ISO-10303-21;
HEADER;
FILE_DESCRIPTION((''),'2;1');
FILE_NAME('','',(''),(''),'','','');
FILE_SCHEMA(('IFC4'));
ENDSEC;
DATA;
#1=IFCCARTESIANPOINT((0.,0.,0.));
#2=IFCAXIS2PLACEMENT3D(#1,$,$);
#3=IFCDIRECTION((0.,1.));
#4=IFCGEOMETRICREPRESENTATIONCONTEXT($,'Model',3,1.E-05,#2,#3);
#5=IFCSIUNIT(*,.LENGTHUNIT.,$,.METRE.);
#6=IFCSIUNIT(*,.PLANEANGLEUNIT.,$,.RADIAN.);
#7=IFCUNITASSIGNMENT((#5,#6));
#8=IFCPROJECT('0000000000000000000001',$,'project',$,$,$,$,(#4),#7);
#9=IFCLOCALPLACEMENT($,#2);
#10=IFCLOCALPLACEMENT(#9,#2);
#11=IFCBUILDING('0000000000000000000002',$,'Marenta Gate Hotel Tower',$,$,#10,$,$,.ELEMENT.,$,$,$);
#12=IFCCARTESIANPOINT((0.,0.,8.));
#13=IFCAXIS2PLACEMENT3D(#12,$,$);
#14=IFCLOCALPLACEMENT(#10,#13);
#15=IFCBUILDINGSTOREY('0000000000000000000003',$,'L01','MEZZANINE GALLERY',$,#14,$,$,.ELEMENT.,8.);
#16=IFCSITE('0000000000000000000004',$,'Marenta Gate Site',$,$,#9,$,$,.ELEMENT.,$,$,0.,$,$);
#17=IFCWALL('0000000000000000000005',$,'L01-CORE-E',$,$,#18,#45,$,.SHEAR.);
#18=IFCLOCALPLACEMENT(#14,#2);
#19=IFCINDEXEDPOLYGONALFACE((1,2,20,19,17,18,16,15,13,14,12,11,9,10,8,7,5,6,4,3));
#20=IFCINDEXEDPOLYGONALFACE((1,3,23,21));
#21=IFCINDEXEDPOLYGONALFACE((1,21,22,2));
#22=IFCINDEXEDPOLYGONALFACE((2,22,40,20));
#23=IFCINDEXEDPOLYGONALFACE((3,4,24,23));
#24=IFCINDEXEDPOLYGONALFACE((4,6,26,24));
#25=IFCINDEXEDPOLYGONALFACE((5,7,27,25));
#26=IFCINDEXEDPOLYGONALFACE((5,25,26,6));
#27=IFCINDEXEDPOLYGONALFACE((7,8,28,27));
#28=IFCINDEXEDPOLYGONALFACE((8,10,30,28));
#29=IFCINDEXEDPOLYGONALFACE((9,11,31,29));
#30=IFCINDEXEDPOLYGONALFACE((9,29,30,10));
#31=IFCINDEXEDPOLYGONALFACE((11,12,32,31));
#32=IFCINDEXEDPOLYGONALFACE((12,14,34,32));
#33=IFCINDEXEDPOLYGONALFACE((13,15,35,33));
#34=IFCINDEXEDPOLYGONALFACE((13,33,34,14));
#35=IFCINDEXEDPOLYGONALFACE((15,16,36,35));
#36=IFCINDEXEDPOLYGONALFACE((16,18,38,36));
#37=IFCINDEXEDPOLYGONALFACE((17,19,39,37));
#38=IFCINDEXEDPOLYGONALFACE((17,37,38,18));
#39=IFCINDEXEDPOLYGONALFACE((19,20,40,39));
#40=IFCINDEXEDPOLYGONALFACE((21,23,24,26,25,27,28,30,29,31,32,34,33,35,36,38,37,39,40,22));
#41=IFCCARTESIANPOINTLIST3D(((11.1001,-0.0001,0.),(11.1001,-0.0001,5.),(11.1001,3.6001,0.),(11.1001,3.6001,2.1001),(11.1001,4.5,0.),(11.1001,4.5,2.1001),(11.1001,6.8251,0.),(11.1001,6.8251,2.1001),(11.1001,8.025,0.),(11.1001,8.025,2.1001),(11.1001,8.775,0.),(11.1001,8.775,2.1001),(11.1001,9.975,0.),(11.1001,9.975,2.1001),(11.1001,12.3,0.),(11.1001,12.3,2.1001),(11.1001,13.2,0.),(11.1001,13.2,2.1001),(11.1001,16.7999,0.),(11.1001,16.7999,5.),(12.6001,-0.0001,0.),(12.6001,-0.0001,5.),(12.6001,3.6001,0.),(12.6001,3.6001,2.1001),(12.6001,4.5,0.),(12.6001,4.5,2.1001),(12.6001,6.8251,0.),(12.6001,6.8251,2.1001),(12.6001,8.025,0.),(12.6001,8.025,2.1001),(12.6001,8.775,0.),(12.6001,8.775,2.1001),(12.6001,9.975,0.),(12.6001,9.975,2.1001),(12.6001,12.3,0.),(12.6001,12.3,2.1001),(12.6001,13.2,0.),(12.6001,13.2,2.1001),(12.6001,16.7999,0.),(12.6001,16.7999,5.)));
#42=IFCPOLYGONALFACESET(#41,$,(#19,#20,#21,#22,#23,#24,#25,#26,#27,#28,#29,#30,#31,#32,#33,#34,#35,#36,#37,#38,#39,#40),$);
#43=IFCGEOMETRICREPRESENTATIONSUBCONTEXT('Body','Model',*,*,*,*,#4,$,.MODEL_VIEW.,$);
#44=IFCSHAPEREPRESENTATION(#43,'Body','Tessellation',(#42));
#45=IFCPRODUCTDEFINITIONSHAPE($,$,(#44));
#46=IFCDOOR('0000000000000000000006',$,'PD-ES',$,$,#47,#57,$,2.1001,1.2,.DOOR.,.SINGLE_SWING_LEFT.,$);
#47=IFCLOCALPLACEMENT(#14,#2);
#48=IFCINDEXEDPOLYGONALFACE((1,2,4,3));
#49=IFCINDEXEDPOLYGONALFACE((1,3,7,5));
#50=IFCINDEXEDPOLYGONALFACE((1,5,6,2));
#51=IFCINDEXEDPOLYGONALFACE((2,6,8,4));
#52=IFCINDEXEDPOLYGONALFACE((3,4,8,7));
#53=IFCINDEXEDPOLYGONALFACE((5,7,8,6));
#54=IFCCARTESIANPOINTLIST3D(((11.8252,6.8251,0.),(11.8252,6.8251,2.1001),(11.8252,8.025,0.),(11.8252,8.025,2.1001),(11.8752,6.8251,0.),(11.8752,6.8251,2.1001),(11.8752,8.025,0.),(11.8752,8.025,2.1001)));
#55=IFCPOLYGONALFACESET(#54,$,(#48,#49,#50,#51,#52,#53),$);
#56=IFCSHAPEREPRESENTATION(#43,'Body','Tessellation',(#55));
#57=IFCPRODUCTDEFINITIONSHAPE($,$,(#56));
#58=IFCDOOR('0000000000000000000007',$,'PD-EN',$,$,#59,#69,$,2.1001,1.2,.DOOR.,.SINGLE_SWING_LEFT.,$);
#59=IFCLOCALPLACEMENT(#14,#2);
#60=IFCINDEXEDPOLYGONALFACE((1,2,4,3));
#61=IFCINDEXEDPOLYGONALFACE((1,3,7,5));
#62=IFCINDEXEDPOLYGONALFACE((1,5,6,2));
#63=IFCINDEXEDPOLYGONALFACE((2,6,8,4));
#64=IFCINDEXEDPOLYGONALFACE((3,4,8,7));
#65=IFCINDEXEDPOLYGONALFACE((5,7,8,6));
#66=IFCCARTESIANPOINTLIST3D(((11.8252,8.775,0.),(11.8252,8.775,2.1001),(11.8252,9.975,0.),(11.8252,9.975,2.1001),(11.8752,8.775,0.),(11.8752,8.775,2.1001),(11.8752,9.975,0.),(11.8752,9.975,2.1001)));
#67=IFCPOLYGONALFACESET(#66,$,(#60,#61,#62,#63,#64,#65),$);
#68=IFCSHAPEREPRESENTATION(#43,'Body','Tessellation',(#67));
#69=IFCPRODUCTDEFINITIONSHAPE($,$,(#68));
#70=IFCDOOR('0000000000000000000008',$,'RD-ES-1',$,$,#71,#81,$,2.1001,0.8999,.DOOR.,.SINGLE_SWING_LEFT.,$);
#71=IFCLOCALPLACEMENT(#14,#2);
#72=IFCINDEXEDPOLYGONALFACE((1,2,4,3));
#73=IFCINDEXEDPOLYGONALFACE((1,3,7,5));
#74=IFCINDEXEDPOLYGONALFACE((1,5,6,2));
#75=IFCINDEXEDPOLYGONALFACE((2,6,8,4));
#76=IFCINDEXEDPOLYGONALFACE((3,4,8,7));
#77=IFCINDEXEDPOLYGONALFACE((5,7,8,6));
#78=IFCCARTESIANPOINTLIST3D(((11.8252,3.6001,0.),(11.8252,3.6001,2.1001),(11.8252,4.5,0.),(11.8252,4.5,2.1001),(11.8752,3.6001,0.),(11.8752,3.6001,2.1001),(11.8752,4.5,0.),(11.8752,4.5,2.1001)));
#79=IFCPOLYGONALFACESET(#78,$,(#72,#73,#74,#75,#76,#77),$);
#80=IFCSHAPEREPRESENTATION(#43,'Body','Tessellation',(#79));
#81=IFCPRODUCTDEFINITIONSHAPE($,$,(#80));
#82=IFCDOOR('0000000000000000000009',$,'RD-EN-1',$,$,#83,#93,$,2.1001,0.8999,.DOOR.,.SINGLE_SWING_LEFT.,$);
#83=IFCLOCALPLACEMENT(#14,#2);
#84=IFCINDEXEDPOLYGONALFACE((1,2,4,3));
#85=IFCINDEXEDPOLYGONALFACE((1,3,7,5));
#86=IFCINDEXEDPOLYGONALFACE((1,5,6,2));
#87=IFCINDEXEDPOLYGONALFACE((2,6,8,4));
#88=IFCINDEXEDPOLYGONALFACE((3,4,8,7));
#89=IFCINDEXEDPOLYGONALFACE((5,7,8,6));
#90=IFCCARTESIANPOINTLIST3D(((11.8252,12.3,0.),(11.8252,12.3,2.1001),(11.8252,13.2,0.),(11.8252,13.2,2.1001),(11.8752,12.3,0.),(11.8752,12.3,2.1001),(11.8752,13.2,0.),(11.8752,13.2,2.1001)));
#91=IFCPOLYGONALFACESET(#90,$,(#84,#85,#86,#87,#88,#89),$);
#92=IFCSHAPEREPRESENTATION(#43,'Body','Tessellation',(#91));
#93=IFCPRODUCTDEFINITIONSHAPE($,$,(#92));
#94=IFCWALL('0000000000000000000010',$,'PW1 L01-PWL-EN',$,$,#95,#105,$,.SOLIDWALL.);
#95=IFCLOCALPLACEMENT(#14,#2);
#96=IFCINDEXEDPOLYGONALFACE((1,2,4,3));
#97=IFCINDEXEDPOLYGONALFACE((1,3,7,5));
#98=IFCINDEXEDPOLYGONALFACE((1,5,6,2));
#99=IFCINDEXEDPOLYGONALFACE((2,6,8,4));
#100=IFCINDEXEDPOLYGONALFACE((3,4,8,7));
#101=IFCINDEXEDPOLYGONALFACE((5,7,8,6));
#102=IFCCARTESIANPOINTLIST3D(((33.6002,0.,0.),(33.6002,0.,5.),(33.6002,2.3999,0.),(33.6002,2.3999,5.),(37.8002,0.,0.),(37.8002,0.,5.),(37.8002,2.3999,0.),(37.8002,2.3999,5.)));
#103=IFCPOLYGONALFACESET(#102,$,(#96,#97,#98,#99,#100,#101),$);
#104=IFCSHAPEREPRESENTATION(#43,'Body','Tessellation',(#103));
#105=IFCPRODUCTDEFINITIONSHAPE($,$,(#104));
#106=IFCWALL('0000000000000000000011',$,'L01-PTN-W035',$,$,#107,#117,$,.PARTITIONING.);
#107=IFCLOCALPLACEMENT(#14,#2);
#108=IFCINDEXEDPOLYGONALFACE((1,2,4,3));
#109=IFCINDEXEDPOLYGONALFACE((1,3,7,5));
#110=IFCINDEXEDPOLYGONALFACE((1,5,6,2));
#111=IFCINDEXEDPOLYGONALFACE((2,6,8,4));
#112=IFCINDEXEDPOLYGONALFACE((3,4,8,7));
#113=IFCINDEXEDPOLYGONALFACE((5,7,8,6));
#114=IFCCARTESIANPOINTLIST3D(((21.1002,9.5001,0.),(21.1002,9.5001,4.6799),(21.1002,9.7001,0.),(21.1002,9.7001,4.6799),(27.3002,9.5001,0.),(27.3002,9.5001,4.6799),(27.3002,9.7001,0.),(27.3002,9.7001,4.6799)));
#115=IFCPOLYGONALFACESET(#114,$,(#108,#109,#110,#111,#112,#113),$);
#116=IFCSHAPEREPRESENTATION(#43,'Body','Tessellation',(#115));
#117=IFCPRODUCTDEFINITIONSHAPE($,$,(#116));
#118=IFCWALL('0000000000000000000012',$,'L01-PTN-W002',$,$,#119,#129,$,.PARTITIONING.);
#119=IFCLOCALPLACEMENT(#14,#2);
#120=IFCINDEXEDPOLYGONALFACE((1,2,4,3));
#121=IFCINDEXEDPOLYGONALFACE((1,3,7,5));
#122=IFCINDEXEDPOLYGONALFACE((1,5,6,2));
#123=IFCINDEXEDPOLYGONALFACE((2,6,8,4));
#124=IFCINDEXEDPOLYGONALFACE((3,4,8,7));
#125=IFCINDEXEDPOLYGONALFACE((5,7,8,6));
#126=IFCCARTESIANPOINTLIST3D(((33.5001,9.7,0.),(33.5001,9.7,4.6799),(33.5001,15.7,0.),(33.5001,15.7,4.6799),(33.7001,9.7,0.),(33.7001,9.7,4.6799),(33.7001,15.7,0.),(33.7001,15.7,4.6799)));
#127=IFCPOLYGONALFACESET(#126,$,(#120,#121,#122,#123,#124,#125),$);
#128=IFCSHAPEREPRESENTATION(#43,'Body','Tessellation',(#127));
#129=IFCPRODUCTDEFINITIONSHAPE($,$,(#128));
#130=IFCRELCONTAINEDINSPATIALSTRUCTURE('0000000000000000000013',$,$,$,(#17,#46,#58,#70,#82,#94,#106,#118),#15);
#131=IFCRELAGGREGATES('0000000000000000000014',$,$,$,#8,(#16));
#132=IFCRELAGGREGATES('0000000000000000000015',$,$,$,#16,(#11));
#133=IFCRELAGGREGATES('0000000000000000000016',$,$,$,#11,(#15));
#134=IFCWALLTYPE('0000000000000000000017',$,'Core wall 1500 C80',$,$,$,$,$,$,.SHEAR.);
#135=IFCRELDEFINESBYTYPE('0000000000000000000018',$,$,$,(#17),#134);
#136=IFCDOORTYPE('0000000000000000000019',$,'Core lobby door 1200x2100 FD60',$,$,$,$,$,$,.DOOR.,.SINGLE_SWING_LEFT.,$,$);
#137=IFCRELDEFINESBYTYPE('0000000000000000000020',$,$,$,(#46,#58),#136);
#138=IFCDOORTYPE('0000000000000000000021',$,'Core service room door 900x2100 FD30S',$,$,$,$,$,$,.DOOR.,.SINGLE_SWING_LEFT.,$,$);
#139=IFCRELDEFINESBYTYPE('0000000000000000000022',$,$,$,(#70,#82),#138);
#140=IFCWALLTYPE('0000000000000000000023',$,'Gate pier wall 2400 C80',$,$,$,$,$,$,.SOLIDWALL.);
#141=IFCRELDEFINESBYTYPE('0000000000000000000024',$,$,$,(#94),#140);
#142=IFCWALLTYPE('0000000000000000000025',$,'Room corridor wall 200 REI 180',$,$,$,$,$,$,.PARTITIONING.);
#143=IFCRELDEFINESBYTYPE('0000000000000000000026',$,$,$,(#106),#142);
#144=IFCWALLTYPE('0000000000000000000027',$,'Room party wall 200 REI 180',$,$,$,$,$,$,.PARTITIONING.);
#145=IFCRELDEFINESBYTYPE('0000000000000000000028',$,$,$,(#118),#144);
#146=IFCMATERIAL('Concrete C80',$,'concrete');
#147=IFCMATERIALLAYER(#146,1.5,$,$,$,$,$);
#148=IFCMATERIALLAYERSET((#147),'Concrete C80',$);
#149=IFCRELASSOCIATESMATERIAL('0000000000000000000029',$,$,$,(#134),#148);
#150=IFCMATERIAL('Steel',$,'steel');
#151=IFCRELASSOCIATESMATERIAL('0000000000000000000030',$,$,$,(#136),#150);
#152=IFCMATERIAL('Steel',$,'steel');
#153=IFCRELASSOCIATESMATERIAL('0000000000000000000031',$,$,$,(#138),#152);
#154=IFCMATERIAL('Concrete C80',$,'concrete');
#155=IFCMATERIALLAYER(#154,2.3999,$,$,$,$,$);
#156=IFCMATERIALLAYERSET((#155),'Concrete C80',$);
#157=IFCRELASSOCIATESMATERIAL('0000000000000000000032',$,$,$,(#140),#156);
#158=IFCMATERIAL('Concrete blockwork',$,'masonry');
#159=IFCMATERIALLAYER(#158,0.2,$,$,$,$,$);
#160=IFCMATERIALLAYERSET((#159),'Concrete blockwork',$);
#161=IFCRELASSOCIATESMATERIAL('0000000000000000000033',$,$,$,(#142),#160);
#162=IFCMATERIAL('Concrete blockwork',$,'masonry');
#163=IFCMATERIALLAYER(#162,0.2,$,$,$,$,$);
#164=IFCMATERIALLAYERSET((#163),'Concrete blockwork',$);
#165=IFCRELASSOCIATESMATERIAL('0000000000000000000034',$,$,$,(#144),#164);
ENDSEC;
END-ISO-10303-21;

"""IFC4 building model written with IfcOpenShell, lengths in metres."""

from ifc_helpers import new_model, si_unit, direction, frame, frame_2d, origin, place, context, subcontext, project, spatial, rectangle, extrude, material, layer, layer_set, type_object, element, fill, save


model = new_model("IFC4")

# Units and contexts
model_context = context("Model", 3, precision=1e-05, world=origin(), true_north=direction((0.0, 1.0)))
body_context = subcontext(model_context, "Body", "Model", "MODEL_VIEW")
ifc_project = project(units=[si_unit("LENGTHUNIT", "METRE"), si_unit("PLANEANGLEUNIT", "RADIAN")], contexts=[model_context])

# Site, building, storey
site_placement = place(None, origin())
site = spatial("IfcSite", under=ifc_project, at=site_placement, Name="Marenta Gate Site", CompositionType="ELEMENT", RefElevation=0.0)
building_placement = place(site_placement, origin())
building = spatial("IfcBuilding", under=site, at=building_placement, Name="Marenta Gate Hotel Tower", CompositionType="ELEMENT")
storey_placement = place(building_placement, frame((0.0, 0.0, 8.0)))
storey = spatial("IfcBuildingStorey", under=building, at=storey_placement, Name="L01", Description="MEZZANINE GALLERY", CompositionType="ELEMENT", Elevation=8.0)

# Wall, openings, doors
ifc_material_1 = material(Name="Concrete C80", Category="concrete")
ifc_layer_1 = layer(ifc_material_1, 1.5)
ifc_layer_set_1 = layer_set([ifc_layer_1], Name="Concrete C80")
wall_type_1 = type_object("IfcWallType", Name="Core wall 1500 C80", PredefinedType="SHEAR", material=ifc_layer_set_1)
wall_1_placement = place(storey_placement, frame((11.8501, 0.0, 0.0), z_axis=(0.0, 0.0, 1.0), x_axis=(0.0, 1.0, 0.0)))
wall_1 = element("IfcWall", 1, at=wall_1_placement, inside=storey, type_object=wall_type_1, Name="L01-CORE-E", PredefinedType="SHEAR", context=body_context, shape_type="SweptSolid", body=[
    extrude(rectangle(XDim=16.8, YDim=1.5, at=frame_2d((8.3999, 0.0))), origin(), (0.0, 0.0, 1.0), 5.0),
])
opening_1_placement = place(wall_1_placement, frame((3.6001, 0.0, 0.0)))
opening_1 = element("IfcOpeningElement", 2, at=opening_1_placement, cuts=wall_1, PredefinedType="OPENING", context=body_context, shape_type="SweptSolid", body=[
    extrude(rectangle(XDim=0.8999, YDim=2.1001, at=frame_2d((0.45, 1.05))), frame((0.0, 0.75, 0.0), z_axis=(0.0, -1.0, 0.0), x_axis=(1.0, 0.0, 0.0)), (0.0, 0.0, 1.0), 1.5),
])
opening_2_placement = place(wall_1_placement, frame((6.825, 0.0, 0.0)))
opening_2 = element("IfcOpeningElement", 3, at=opening_2_placement, cuts=wall_1, PredefinedType="OPENING", context=body_context, shape_type="SweptSolid", body=[
    extrude(rectangle(XDim=1.2, YDim=2.1001, at=frame_2d((0.6001, 1.05))), frame((0.0, 0.75, 0.0), z_axis=(0.0, -1.0, 0.0), x_axis=(1.0, 0.0, 0.0)), (0.0, 0.0, 1.0), 1.5),
])
opening_3_placement = place(wall_1_placement, frame((12.3, 0.0, 0.0)))
opening_3 = element("IfcOpeningElement", 4, at=opening_3_placement, cuts=wall_1, PredefinedType="OPENING", context=body_context, shape_type="SweptSolid", body=[
    extrude(rectangle(XDim=0.8999, YDim=2.1001, at=frame_2d((0.45, 1.05))), frame((0.0, 0.75, 0.0), z_axis=(0.0, -1.0, 0.0), x_axis=(1.0, 0.0, 0.0)), (0.0, 0.0, 1.0), 1.5),
])
opening_4_placement = place(wall_1_placement, frame((8.7749, 0.0, 0.0)))
opening_4 = element("IfcOpeningElement", 5, at=opening_4_placement, cuts=wall_1, PredefinedType="OPENING", context=body_context, shape_type="SweptSolid", body=[
    extrude(rectangle(XDim=1.2, YDim=2.1001, at=frame_2d((0.6001, 1.05))), frame((0.0, 0.75, 0.0), z_axis=(0.0, -1.0, 0.0), x_axis=(1.0, 0.0, 0.0)), (0.0, 0.0, 1.0), 1.5),
])
ifc_material_2 = material(Name="Steel", Category="steel")
door_type_1 = type_object("IfcDoorType", Name="Core lobby door 1200x2100 FD60", OperationType="SINGLE_SWING_LEFT", PredefinedType="DOOR", material=ifc_material_2)
door_1_placement = place(opening_2_placement, origin())
door_1 = element("IfcDoor", 6, at=door_1_placement, inside=storey, type_object=door_type_1, Name="PD-ES", OperationType="SINGLE_SWING_LEFT", OverallHeight=2.1001, OverallWidth=1.2, PredefinedType="DOOR", context=body_context, shape_type="SweptSolid", body=[
    extrude(rectangle(XDim=1.2, YDim=2.1001, at=frame_2d((0.6001, 1.05))), frame((0.0, 0.0249, 0.0), z_axis=(0.0, -1.0, 0.0), x_axis=(1.0, 0.0, 0.0)), (0.0, 0.0, 1.0), 0.05),
])
fill(opening_2, door_1)
door_2_placement = place(opening_4_placement, origin())
door_2 = element("IfcDoor", 7, at=door_2_placement, inside=storey, type_object=door_type_1, Name="PD-EN", OperationType="SINGLE_SWING_LEFT", OverallHeight=2.1001, OverallWidth=1.2, PredefinedType="DOOR", context=body_context, shape_type="SweptSolid", body=[
    extrude(rectangle(XDim=1.2, YDim=2.1001, at=frame_2d((0.6001, 1.05))), frame((0.0, 0.0249, 0.0), z_axis=(0.0, -1.0, 0.0), x_axis=(1.0, 0.0, 0.0)), (0.0, 0.0, 1.0), 0.05),
])
fill(opening_4, door_2)
ifc_material_3 = material(Name="Steel", Category="steel")
door_type_2 = type_object("IfcDoorType", Name="Core service room door 900x2100 FD30S", OperationType="SINGLE_SWING_LEFT", PredefinedType="DOOR", material=ifc_material_3)
door_3_placement = place(opening_1_placement, origin())
door_3 = element("IfcDoor", 8, at=door_3_placement, inside=storey, type_object=door_type_2, Name="RD-ES-1", OperationType="SINGLE_SWING_LEFT", OverallHeight=2.1001, OverallWidth=0.8999, PredefinedType="DOOR", context=body_context, shape_type="SweptSolid", body=[
    extrude(rectangle(XDim=0.8999, YDim=2.1001, at=frame_2d((0.45, 1.05))), frame((0.0, 0.0249, 0.0), z_axis=(0.0, -1.0, 0.0), x_axis=(1.0, 0.0, 0.0)), (0.0, 0.0, 1.0), 0.05),
])
fill(opening_1, door_3)
door_4_placement = place(opening_3_placement, origin())
door_4 = element("IfcDoor", 9, at=door_4_placement, inside=storey, type_object=door_type_2, Name="RD-EN-1", OperationType="SINGLE_SWING_LEFT", OverallHeight=2.1001, OverallWidth=0.8999, PredefinedType="DOOR", context=body_context, shape_type="SweptSolid", body=[
    extrude(rectangle(XDim=0.8999, YDim=2.1001, at=frame_2d((0.45, 1.05))), frame((0.0, 0.0249, 0.0), z_axis=(0.0, -1.0, 0.0), x_axis=(1.0, 0.0, 0.0)), (0.0, 0.0, 1.0), 0.05),
])
fill(opening_3, door_4)

# Wall
ifc_material_4 = material(Name="Concrete C80", Category="concrete")
ifc_layer_2 = layer(ifc_material_4, 2.3999)
ifc_layer_set_2 = layer_set([ifc_layer_2], Name="Concrete C80")
wall_type_2 = type_object("IfcWallType", Name="Gate pier wall 2400 C80", PredefinedType="SOLIDWALL", material=ifc_layer_set_2)
wall_2_placement = place(storey_placement, frame((33.6001, 1.2, 0.0), z_axis=(0.0, 0.0, 1.0), x_axis=(1.0, 0.0, 0.0)))
element("IfcWall", 10, at=wall_2_placement, inside=storey, type_object=wall_type_2, Name="PW1 L01-PWL-EN", PredefinedType="SOLIDWALL", context=body_context, shape_type="SweptSolid", body=[
    extrude(rectangle(XDim=4.2, YDim=2.3999, at=frame_2d((2.1001, 0.0))), origin(), (0.0, 0.0, 1.0), 5.0),
])

# Shared definitions
ifc_material_5 = material(Name="Concrete blockwork", Category="masonry")
ifc_layer_3 = layer(ifc_material_5, 0.2)
ifc_layer_set_3 = layer_set([ifc_layer_3], Name="Concrete blockwork")
wall_type_3 = type_object("IfcWallType", Name="Room corridor wall 200 REI 180", PredefinedType="PARTITIONING", material=ifc_layer_set_3)

# Wall
wall_3_placement = place(storey_placement, frame((21.1001, 9.6001, 0.0), z_axis=(0.0, 0.0, 1.0), x_axis=(1.0, 0.0, 0.0)))
element("IfcWall", 11, at=wall_3_placement, inside=storey, type_object=wall_type_3, Name="L01-PTN-W035", PredefinedType="PARTITIONING", context=body_context, shape_type="SweptSolid", body=[
    extrude(rectangle(XDim=6.2, YDim=0.2, at=frame_2d((3.1001, 0.0))), origin(), (0.0, 0.0, 1.0), 4.6799),
])

# Wall
ifc_material_6 = material(Name="Concrete blockwork", Category="masonry")
ifc_layer_4 = layer(ifc_material_6, 0.2)
ifc_layer_set_4 = layer_set([ifc_layer_4], Name="Concrete blockwork")
wall_type_4 = type_object("IfcWallType", Name="Room party wall 200 REI 180", PredefinedType="PARTITIONING", material=ifc_layer_set_4)
wall_4_placement = place(storey_placement, frame((33.6001, 9.7, 0.0), z_axis=(0.0, 0.0, 1.0), x_axis=(0.0, 1.0, 0.0)))
element("IfcWall", 12, at=wall_4_placement, inside=storey, type_object=wall_type_4, Name="L01-PTN-W002", PredefinedType="PARTITIONING", context=body_context, shape_type="SweptSolid", body=[
    extrude(rectangle(XDim=6.0, YDim=0.2, at=frame_2d((3.0, 0.0))), origin(), (0.0, 0.0, 1.0), 4.6799),
])

save(model, "model.ifc")
